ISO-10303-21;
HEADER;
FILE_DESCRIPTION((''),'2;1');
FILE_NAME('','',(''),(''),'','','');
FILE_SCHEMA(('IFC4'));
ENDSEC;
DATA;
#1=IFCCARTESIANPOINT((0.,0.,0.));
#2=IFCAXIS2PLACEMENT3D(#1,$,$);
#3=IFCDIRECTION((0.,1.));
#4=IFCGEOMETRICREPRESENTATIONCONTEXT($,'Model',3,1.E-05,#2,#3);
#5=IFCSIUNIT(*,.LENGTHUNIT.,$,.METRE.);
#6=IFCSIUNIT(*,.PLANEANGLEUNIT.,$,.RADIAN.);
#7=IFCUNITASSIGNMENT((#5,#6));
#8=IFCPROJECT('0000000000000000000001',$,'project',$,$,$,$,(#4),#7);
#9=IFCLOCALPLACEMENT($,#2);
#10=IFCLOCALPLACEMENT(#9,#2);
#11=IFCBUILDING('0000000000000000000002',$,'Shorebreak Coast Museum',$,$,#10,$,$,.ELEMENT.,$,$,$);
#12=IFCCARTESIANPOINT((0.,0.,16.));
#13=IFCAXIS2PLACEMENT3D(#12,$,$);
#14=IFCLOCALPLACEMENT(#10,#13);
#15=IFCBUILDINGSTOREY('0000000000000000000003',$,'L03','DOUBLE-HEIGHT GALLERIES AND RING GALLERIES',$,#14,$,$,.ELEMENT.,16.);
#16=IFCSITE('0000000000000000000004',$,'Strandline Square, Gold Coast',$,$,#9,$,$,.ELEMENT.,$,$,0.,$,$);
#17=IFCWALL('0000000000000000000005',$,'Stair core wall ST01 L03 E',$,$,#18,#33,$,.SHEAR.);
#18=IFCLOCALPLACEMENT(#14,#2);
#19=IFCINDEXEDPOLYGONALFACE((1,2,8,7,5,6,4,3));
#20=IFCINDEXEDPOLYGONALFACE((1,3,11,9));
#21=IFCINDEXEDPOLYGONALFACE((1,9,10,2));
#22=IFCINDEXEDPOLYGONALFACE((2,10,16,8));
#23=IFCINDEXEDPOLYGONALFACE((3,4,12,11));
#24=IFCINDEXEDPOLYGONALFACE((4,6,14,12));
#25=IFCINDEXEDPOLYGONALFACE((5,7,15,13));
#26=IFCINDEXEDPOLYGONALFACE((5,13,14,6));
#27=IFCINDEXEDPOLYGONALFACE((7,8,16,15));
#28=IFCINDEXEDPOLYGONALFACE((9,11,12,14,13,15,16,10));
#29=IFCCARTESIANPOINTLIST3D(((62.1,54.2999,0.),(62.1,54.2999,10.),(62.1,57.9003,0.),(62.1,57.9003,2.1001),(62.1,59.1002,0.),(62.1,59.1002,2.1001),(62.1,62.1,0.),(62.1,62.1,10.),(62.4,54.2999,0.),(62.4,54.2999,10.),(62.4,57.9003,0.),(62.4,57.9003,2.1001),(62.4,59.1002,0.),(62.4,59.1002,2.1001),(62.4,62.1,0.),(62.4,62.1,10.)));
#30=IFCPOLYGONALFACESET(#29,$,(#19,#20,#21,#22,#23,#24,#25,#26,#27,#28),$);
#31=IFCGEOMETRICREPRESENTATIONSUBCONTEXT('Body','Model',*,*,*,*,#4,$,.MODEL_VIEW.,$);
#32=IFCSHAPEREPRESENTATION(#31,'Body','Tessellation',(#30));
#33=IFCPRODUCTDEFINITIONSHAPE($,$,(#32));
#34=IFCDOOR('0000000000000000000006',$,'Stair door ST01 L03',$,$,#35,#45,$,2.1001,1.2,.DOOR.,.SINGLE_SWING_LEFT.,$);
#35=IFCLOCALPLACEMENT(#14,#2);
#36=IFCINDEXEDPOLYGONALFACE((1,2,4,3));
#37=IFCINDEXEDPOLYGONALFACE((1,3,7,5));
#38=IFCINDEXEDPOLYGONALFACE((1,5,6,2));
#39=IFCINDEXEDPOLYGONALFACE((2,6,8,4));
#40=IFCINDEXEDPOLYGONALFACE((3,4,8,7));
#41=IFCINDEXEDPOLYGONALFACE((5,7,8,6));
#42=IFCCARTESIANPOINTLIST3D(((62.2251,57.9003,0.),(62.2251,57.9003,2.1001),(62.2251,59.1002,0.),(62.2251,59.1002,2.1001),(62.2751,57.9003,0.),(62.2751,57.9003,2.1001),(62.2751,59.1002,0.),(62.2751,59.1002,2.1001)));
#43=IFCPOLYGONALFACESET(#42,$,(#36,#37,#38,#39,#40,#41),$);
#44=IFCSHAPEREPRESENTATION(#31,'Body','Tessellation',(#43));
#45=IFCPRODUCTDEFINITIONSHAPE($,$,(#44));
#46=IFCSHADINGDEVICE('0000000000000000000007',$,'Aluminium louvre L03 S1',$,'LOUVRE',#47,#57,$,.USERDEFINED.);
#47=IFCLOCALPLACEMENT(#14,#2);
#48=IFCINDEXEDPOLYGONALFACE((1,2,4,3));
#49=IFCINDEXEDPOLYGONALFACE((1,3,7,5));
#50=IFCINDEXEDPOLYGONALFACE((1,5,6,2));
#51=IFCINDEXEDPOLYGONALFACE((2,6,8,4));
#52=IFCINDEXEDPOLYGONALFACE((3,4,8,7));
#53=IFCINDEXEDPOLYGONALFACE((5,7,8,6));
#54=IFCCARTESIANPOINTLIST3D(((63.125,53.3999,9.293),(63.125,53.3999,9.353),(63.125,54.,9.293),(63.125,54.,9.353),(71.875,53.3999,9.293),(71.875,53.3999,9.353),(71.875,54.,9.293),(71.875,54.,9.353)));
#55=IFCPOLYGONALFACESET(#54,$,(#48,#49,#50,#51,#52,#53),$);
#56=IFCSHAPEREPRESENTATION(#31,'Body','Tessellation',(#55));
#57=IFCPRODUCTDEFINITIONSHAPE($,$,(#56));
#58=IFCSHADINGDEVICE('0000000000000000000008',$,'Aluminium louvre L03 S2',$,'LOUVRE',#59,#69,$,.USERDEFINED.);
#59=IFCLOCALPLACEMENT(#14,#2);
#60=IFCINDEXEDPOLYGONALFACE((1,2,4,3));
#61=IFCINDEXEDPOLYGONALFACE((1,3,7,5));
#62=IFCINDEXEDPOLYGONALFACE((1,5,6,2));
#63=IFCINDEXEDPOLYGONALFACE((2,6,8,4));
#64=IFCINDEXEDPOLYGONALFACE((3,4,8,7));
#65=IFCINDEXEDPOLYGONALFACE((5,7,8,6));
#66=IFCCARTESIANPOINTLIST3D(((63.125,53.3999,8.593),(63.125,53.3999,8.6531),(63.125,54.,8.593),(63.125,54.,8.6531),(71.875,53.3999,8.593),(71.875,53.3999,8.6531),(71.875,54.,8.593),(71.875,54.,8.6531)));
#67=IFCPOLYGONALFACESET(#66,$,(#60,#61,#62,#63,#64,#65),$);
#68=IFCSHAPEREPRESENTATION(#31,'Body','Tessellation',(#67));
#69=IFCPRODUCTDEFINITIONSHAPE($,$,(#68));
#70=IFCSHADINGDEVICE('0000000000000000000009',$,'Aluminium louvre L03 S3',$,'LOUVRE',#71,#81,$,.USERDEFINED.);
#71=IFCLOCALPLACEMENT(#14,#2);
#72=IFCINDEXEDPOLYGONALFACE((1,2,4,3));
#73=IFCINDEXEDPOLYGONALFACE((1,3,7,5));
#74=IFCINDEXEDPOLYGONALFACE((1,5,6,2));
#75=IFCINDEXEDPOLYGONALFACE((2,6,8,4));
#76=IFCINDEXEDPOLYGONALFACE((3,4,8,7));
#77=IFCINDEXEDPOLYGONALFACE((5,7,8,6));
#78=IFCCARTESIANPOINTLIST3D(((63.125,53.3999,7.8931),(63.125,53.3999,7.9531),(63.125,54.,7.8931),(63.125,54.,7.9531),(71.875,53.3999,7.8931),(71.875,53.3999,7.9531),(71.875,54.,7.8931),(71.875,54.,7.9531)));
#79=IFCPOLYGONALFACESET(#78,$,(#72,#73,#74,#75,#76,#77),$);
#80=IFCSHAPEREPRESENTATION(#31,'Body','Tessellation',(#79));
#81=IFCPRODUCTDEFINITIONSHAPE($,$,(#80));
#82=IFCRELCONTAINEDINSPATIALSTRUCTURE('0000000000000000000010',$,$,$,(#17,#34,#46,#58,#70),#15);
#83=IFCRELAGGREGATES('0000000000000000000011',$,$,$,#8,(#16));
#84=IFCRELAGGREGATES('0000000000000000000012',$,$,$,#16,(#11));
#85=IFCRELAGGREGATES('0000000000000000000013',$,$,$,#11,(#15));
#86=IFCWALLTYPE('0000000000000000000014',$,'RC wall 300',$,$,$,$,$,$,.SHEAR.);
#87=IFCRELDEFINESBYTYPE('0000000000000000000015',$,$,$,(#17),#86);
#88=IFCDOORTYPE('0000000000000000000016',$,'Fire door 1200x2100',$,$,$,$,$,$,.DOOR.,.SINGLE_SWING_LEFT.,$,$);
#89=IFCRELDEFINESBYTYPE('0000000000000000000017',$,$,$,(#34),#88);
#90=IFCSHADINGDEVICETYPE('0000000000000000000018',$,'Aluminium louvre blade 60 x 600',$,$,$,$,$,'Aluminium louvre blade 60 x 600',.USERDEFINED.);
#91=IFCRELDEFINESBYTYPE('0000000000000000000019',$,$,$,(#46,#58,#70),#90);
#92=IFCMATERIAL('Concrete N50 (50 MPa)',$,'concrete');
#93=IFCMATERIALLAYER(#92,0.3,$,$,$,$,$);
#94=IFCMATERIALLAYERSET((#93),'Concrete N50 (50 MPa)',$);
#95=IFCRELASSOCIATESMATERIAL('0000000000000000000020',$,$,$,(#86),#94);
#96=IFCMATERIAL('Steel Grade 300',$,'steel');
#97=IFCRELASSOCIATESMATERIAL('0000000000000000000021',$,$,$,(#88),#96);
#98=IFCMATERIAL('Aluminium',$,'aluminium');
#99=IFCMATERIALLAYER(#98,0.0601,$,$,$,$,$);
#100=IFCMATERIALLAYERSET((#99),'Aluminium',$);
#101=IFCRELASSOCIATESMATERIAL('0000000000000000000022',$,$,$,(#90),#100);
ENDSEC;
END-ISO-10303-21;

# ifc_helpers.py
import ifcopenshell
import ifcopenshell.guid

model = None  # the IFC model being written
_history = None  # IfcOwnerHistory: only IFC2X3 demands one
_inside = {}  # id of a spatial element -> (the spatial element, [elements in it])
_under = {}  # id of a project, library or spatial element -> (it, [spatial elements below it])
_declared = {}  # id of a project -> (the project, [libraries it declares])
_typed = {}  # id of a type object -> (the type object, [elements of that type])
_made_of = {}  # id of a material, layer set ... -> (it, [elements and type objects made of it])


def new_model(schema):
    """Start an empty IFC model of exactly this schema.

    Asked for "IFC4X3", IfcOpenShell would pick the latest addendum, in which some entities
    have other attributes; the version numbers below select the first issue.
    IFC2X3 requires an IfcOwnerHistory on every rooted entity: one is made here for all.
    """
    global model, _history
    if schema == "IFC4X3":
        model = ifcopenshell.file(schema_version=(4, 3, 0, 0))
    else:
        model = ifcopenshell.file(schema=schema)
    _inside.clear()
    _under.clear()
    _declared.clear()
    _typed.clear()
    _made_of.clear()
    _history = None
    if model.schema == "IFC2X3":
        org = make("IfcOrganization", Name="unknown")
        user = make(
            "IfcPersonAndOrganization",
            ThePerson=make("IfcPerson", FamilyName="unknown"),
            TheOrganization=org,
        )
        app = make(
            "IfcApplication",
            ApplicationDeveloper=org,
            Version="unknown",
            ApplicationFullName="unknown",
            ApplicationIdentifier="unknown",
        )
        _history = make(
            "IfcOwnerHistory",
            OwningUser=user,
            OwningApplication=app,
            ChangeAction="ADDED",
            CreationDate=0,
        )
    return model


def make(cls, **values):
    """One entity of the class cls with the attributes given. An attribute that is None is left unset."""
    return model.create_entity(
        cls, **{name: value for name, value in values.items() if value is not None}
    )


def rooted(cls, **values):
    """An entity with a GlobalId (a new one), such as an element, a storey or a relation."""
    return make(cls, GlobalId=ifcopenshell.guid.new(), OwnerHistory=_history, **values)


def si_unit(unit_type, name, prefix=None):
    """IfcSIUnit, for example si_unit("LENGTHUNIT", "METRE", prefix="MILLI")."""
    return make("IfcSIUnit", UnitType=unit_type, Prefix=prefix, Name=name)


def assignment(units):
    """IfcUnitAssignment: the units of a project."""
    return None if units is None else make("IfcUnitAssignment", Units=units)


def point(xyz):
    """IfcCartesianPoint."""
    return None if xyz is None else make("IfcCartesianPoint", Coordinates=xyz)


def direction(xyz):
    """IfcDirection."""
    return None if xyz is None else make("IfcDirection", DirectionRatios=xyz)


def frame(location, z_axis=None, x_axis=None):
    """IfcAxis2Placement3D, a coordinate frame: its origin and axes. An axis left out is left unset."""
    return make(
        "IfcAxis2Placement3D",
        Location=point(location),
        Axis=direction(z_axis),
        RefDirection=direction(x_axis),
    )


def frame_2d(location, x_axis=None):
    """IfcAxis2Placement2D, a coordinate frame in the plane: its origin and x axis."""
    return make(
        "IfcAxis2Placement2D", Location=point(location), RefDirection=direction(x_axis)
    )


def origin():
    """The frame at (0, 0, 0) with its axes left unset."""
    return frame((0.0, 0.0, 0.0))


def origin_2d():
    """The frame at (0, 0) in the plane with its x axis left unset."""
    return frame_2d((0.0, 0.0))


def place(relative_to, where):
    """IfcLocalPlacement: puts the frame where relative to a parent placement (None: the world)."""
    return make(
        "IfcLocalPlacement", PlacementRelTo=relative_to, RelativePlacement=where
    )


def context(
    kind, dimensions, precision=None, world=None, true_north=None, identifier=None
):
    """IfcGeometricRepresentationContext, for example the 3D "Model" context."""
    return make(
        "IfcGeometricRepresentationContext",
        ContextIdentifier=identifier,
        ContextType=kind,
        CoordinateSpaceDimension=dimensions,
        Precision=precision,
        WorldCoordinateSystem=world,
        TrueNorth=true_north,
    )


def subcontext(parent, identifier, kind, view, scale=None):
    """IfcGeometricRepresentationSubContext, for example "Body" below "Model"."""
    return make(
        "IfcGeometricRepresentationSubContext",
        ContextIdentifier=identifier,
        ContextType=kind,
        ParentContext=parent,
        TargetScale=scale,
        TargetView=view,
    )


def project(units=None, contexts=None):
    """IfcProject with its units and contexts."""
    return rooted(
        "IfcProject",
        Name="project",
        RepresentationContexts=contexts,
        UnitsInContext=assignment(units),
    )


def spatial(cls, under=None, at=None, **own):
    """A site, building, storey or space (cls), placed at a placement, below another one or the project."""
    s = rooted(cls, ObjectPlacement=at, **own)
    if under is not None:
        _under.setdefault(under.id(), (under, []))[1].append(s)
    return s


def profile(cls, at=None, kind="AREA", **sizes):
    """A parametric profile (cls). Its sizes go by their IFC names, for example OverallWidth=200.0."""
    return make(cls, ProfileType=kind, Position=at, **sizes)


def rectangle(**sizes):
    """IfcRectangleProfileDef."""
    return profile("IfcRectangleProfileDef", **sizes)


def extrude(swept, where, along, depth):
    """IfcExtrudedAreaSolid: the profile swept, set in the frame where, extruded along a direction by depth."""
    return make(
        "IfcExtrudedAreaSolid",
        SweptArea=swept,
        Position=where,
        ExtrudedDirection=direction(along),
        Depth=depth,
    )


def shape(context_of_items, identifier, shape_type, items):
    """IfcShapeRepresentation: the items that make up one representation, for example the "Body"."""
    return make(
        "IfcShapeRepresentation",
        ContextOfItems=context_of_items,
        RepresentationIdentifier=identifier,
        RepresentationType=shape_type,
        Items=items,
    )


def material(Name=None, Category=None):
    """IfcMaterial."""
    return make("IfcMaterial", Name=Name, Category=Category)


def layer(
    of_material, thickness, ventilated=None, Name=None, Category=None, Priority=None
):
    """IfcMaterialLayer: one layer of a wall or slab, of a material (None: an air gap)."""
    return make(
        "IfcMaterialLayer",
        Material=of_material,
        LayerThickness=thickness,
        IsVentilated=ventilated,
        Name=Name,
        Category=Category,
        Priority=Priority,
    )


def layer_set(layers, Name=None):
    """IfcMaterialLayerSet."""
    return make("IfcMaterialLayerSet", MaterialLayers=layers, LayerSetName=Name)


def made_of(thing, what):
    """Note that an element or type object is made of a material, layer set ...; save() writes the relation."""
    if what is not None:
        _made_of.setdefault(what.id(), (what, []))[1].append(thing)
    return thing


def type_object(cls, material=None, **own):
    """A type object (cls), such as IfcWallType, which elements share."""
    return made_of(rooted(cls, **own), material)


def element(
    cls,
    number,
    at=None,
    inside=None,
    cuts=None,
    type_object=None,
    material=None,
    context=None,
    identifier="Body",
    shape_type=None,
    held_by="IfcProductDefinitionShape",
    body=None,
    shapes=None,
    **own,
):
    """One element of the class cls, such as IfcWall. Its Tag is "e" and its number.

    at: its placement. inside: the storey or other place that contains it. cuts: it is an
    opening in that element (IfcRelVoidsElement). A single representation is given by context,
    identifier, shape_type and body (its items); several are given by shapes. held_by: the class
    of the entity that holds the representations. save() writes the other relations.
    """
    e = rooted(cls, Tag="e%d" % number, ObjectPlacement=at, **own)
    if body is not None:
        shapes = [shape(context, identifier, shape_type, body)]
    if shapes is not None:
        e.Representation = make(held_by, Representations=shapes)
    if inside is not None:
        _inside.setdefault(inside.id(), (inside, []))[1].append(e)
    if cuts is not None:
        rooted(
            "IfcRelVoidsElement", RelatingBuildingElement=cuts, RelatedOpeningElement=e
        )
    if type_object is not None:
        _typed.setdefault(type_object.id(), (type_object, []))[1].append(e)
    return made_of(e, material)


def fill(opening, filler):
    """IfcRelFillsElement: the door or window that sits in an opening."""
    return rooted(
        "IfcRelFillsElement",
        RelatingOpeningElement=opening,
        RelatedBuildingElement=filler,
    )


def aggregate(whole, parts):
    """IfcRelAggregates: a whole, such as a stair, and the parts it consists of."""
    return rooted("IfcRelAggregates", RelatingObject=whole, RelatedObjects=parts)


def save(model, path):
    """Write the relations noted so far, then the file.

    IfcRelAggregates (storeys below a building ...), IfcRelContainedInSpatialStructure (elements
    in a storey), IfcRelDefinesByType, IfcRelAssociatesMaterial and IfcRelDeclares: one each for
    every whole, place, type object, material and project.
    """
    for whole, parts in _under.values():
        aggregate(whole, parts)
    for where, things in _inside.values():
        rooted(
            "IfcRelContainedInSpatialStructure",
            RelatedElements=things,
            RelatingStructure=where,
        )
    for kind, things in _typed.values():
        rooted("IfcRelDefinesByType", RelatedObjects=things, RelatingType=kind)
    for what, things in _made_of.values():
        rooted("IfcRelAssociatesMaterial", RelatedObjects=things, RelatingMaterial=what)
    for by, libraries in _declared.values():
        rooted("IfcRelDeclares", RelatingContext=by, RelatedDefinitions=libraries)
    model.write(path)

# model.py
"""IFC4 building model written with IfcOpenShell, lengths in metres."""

from ifc_helpers import new_model, si_unit, direction, frame, frame_2d, origin, origin_2d, place, context, subcontext, project, spatial, rectangle, extrude, material, layer, layer_set, type_object, element, fill, save


model = new_model("IFC4")

# Units and contexts
model_context = context("Model", 3, precision=1e-05, world=origin(), true_north=direction((0.0, 1.0)))
body_context = subcontext(model_context, "Body", "Model", "MODEL_VIEW")
ifc_project = project(units=[si_unit("LENGTHUNIT", "METRE"), si_unit("PLANEANGLEUNIT", "RADIAN")], contexts=[model_context])

# Site, building, storey
site_placement = place(None, origin())
site = spatial("IfcSite", under=ifc_project, at=site_placement, Name="Strandline Square, Gold Coast", CompositionType="ELEMENT", RefElevation=0.0)
building_placement = place(site_placement, origin())
building = spatial("IfcBuilding", under=site, at=building_placement, Name="Shorebreak Coast Museum", CompositionType="ELEMENT")
storey_placement = place(building_placement, frame((0.0, 0.0, 16.0)))
storey = spatial("IfcBuildingStorey", under=building, at=storey_placement, Name="L03", Description="DOUBLE-HEIGHT GALLERIES AND RING GALLERIES", CompositionType="ELEMENT", Elevation=16.0)

# Wall, opening, door
ifc_material_1 = material(Name="Concrete N50 (50 MPa)", Category="concrete")
ifc_layer_1 = layer(ifc_material_1, 0.3)
ifc_layer_set_1 = layer_set([ifc_layer_1], Name="Concrete N50 (50 MPa)")
wall_type_1 = type_object("IfcWallType", Name="RC wall 300", PredefinedType="SHEAR", material=ifc_layer_set_1)
wall_1_placement = place(storey_placement, frame((62.25, 54.3, 0.0), z_axis=(0.0, 0.0, 1.0), x_axis=(0.0, 1.0, 0.0)))
wall_1 = element("IfcWall", 1, at=wall_1_placement, inside=storey, type_object=wall_type_1, Name="Stair core wall ST01 L03 E", PredefinedType="SHEAR", context=body_context, shape_type="SweptSolid", body=[
    extrude(rectangle(XDim=7.8, YDim=0.3, at=frame_2d((3.8999, 0.0))), origin(), (0.0, 0.0, 1.0), 10.0),
])
opening_placement = place(wall_1_placement, frame((3.6001, 0.0, 0.0)))
opening = element("IfcOpeningElement", 2, at=opening_placement, cuts=wall_1, PredefinedType="OPENING", context=body_context, shape_type="SweptSolid", body=[
    extrude(rectangle(XDim=1.2, YDim=2.1001, at=frame_2d((0.6001, 1.05))), frame((0.0, 0.1599, 0.0), z_axis=(0.0, -1.0, 0.0), x_axis=(1.0, 0.0, 0.0)), (0.0, 0.0, 1.0), 0.3201),
])
ifc_material_2 = material(Name="Steel Grade 300", Category="steel")
door_type = type_object("IfcDoorType", Name="Fire door 1200x2100", OperationType="SINGLE_SWING_LEFT", PredefinedType="DOOR", material=ifc_material_2)
door_placement = place(opening_placement, origin())
door = element("IfcDoor", 3, at=door_placement, inside=storey, type_object=door_type, Name="Stair door ST01 L03", OperationType="SINGLE_SWING_LEFT", OverallHeight=2.1001, OverallWidth=1.2, PredefinedType="DOOR", context=body_context, shape_type="SweptSolid", body=[
    extrude(rectangle(XDim=1.2, YDim=2.1001, at=frame_2d((0.6001, 1.05))), frame((0.0, 0.0249, 0.0), z_axis=(0.0, -1.0, 0.0), x_axis=(1.0, 0.0, 0.0)), (0.0, 0.0, 1.0), 0.05),
])
fill(opening, door)

# Shading devices
ifc_material_3 = material(Name="Aluminium", Category="aluminium")
ifc_layer_2 = layer(ifc_material_3, 0.0601)
ifc_layer_set_2 = layer_set([ifc_layer_2], Name="Aluminium")
shading_device_type = type_object("IfcShadingDeviceType", Name="Aluminium louvre blade 60 x 600", ElementType="Aluminium louvre blade 60 x 600", PredefinedType="USERDEFINED", material=ifc_layer_set_2)
for number, where, z_axis, x_axis, name in (
    (4, (67.5, 53.7, 9.293), (0.0, 0.0, 1.0), (1.0, 0.0, 0.0), "Aluminium louvre L03 S1"),
    (5, (67.5, 53.7, 8.593), (0.0, 0.0, 1.0), (1.0, 0.0, 0.0), "Aluminium louvre L03 S2"),
    (6, (67.5, 53.7, 7.8931), (0.0, 0.0, 1.0), (1.0, 0.0, 0.0), "Aluminium louvre L03 S3"),
):
    element("IfcShadingDevice", number, at=place(storey_placement, frame(where, z_axis=z_axis, x_axis=x_axis)), inside=storey, type_object=shading_device_type, Name=name, ObjectType="LOUVRE", PredefinedType="USERDEFINED", context=body_context, shape_type="SweptSolid", body=[
        extrude(rectangle(XDim=8.75, YDim=0.6001, at=origin_2d()), origin(), (0.0, 0.0, 1.0), 0.0601),
    ])

save(model, "model.ifc")
